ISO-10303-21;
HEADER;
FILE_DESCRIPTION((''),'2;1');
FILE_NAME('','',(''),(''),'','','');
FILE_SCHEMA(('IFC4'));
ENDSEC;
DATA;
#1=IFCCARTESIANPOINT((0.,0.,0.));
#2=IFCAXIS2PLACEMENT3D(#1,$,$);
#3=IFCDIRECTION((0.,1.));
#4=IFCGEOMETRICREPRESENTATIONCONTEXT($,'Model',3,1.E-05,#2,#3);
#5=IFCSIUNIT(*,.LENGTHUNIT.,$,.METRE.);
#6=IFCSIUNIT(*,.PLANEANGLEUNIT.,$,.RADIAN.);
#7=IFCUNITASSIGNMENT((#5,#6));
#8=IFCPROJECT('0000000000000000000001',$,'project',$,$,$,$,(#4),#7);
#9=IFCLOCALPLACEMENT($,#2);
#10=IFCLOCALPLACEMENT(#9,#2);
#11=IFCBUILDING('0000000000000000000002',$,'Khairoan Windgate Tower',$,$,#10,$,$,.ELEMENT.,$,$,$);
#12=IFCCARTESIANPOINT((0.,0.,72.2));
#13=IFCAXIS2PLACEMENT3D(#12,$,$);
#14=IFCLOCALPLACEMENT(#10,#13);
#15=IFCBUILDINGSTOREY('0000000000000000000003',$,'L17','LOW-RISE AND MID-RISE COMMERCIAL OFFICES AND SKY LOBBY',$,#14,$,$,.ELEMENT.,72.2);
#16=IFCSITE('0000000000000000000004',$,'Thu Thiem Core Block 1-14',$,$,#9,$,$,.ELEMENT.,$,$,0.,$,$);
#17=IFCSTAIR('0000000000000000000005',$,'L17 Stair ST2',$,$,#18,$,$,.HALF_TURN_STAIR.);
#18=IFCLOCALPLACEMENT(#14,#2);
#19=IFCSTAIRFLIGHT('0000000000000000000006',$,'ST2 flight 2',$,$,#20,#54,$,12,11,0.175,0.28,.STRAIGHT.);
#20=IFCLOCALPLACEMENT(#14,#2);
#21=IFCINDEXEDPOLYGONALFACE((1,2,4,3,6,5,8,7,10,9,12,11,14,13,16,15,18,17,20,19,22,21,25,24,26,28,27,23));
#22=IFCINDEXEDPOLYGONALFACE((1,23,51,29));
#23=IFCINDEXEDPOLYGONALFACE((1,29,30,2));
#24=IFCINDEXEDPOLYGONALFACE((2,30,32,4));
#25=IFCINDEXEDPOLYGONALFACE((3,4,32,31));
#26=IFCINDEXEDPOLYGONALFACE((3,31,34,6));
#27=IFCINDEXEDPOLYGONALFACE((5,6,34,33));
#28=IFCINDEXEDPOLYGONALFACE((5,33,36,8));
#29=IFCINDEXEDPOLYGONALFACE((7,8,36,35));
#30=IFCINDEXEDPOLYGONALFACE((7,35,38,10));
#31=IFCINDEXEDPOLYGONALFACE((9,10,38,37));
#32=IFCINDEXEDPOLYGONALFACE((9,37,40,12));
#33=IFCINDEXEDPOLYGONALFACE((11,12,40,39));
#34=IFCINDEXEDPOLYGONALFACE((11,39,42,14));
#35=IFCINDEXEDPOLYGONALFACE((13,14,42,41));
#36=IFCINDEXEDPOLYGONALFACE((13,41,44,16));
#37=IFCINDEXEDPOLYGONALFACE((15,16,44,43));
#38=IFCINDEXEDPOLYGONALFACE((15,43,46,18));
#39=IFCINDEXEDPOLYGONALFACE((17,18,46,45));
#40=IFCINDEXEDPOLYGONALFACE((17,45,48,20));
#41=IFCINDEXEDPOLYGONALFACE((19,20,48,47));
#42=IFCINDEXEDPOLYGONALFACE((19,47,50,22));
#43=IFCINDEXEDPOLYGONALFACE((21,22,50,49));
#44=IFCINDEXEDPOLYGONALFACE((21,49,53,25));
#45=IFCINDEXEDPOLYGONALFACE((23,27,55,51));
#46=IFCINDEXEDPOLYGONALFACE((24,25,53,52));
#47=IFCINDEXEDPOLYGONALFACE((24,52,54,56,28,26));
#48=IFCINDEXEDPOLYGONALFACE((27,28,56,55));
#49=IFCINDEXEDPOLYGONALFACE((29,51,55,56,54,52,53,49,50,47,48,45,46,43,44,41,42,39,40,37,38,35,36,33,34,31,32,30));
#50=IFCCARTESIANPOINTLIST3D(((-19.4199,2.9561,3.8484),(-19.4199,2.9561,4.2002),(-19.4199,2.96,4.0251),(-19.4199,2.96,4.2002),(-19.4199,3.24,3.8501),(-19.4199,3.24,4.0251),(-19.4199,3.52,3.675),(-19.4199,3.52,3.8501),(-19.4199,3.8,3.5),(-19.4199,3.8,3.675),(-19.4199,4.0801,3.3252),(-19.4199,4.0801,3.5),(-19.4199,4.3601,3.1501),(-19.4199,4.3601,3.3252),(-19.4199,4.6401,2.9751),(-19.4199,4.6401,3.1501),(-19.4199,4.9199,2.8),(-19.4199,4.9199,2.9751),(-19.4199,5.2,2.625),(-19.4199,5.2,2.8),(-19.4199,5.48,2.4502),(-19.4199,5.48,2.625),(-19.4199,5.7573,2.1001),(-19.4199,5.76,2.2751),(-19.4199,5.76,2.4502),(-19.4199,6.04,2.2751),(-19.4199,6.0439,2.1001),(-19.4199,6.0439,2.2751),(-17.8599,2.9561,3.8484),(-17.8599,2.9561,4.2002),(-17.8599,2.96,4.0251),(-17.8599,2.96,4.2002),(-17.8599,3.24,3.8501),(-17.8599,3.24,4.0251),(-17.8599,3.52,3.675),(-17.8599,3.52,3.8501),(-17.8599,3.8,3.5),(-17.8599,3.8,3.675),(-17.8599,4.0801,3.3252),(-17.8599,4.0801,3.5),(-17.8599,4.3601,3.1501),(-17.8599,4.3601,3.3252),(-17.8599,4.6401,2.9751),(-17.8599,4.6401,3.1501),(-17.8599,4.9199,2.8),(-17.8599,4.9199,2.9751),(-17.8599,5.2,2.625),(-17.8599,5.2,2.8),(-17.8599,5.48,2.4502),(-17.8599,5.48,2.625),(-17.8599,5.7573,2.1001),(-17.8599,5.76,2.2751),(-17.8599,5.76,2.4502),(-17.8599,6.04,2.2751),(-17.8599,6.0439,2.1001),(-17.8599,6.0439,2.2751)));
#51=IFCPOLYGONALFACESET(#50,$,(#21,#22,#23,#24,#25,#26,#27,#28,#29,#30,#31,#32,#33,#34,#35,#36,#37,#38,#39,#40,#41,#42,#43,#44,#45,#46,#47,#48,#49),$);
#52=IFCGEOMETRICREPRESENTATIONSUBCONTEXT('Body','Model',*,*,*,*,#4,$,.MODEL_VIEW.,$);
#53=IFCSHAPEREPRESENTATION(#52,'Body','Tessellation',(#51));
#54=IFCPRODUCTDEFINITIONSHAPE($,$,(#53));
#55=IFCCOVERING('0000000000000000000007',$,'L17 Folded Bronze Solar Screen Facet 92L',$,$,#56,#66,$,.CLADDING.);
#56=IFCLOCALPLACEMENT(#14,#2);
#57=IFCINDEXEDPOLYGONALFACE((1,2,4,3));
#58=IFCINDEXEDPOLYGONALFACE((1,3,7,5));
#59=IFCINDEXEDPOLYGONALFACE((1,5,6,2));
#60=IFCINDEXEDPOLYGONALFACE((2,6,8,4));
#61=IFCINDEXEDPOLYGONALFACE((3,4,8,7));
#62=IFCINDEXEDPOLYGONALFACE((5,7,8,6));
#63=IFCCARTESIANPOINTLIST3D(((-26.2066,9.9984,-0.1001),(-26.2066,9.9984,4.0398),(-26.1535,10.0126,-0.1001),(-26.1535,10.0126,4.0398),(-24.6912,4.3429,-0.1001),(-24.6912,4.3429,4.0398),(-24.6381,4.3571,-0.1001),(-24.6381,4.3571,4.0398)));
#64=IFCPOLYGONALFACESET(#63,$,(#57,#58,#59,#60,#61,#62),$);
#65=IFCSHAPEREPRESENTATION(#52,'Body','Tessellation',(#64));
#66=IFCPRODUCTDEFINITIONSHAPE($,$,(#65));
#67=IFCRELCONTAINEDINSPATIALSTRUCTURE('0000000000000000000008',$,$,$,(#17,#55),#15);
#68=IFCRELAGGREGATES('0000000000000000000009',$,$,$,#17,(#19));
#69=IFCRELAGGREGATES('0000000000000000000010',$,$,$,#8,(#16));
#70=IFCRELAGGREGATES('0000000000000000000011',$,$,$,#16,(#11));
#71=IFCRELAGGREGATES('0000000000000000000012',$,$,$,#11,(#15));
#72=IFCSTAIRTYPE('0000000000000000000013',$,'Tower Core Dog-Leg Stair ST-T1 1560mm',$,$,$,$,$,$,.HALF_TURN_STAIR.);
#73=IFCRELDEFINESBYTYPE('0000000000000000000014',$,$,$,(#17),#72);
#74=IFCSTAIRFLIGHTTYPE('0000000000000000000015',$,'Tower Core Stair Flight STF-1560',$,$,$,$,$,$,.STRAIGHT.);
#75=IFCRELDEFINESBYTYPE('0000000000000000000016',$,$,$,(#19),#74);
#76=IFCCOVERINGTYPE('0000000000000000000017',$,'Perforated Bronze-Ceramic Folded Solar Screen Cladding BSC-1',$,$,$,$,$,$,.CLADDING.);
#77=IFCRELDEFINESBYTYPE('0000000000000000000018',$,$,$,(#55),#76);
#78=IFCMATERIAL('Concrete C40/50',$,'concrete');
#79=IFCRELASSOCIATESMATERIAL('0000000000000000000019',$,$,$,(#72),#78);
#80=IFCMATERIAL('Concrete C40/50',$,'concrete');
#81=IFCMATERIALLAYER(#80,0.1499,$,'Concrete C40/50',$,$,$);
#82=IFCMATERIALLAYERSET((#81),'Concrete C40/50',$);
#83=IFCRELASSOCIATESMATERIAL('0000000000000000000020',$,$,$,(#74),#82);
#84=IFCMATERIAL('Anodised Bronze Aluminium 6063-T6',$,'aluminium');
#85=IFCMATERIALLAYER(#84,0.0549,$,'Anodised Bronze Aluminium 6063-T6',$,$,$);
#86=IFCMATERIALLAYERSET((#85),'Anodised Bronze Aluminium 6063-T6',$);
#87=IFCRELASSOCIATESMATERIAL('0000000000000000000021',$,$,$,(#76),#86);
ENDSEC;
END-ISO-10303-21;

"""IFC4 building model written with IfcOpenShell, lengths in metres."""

from ifc_helpers import new_model, si_unit, direction, frame, origin, origin_2d, place, context, subcontext, project, spatial, polyline, rectangle, outline, extrude, material, layer, layer_set, type_object, element, aggregate, save


model = new_model("IFC4")

# Units and contexts
model_context = context("Model", 3, precision=1e-05, world=origin(), true_north=direction((0.0, 1.0)))
body_context = subcontext(model_context, "Body", "Model", "MODEL_VIEW")
ifc_project = project(units=[si_unit("LENGTHUNIT", "METRE"), si_unit("PLANEANGLEUNIT", "RADIAN")], contexts=[model_context])

# Site, building, storey
site_placement = place(None, origin())
site = spatial("IfcSite", under=ifc_project, at=site_placement, Name="Thu Thiem Core Block 1-14", CompositionType="ELEMENT", RefElevation=0.0)
building_placement = place(site_placement, origin())
building = spatial("IfcBuilding", under=site, at=building_placement, Name="Khairoan Windgate Tower", CompositionType="ELEMENT")
storey_placement = place(building_placement, frame((0.0, 0.0, 72.2)))
storey = spatial("IfcBuildingStorey", under=building, at=storey_placement, Name="L17", Description="LOW-RISE AND MID-RISE COMMERCIAL OFFICES AND SKY LOBBY", CompositionType="ELEMENT", Elevation=72.2)

# Stair, stair flight
ifc_material_1 = material(Name="Concrete C40/50", Category="concrete")
stair_type = type_object("IfcStairType", Name="Tower Core Dog-Leg Stair ST-T1 1560mm", PredefinedType="HALF_TURN_STAIR", material=ifc_material_1)
stair_placement = place(storey_placement, origin())
stair = element("IfcStair", 1, at=stair_placement, inside=storey, type_object=stair_type, Name="L17 Stair ST2", PredefinedType="HALF_TURN_STAIR")
ifc_material_2 = material(Name="Concrete C40/50", Category="concrete")
ifc_layer_1 = layer(ifc_material_2, 0.1499, Name="Concrete C40/50")
ifc_layer_set_1 = layer_set([ifc_layer_1], Name="Concrete C40/50")
stair_flight_type = type_object("IfcStairFlightType", Name="Tower Core Stair Flight STF-1560", PredefinedType="STRAIGHT", material=ifc_layer_set_1)
stair_flight_1_placement = place(storey_placement, frame((-18.6399, 6.04, 2.1001), z_axis=(0.0, 0.0, 1.0), x_axis=(0.0, -1.0, 0.0)))
stair_flight_1 = element("IfcStairFlight", 2, at=stair_flight_1_placement, type_object=stair_flight_type, Name="ST2 flight 2", NumberOfRisers=12, NumberOfTreads=11, PredefinedType="STRAIGHT", RiserHeight=0.175, TreadLength=0.28, context=body_context, shape_type="SweptSolid", body=[
    extrude(outline(polyline([(-0.0039, 0.0), (-0.0039, 0.175), (0.0, 0.175), (0.28, 0.175), (0.28, 0.3501), (0.5601, 0.3501), (0.5601, 0.5249), (0.8401, 0.5249), (0.8401, 0.7), (1.1201, 0.7), (1.1201, 0.875), (1.3999, 0.875), (1.3999, 1.05), (1.6799, 1.05), (1.6799, 1.2251), (1.96, 1.2251), (1.96, 1.3999), (2.24, 1.3999), (2.24, 1.575), (2.52, 1.575), (2.52, 1.75), (2.8, 1.75), (2.8, 1.925), (3.0801, 1.925), (3.0801, 2.1001), (3.084, 2.1001), (3.084, 1.7483), (0.2827, 0.0), (-0.0039, 0.0)])), frame((0.0, 0.78, 0.0), z_axis=(0.0, -1.0, 0.0), x_axis=(1.0, 0.0, 0.0)), (0.0, 0.0, 1.0), 1.5601),
])
aggregate(stair, [stair_flight_1])

# Covering
ifc_material_3 = material(Name="Anodised Bronze Aluminium 6063-T6", Category="aluminium")
ifc_layer_2 = layer(ifc_material_3, 0.0549, Name="Anodised Bronze Aluminium 6063-T6")
ifc_layer_set_2 = layer_set([ifc_layer_2], Name="Anodised Bronze Aluminium 6063-T6")
covering_type = type_object("IfcCoveringType", Name="Perforated Bronze-Ceramic Folded Solar Screen Cladding BSC-1", PredefinedType="CLADDING", material=ifc_layer_set_2)
covering_placement = place(storey_placement, frame((-25.4224, 7.1777, -0.1001), z_axis=(0.0, 0.0, 1.0), x_axis=(-0.258819, 0.965926, 0.0)))
element("IfcCovering", 3, at=covering_placement, inside=storey, type_object=covering_type, Name="L17 Folded Bronze Solar Screen Facet 92L", PredefinedType="CLADDING", context=body_context, shape_type="SweptSolid", body=[
    extrude(rectangle(XDim=5.855, YDim=0.0549, at=origin_2d()), origin(), (0.0, 0.0, 1.0), 4.1399),
])

save(model, "model.ifc")
